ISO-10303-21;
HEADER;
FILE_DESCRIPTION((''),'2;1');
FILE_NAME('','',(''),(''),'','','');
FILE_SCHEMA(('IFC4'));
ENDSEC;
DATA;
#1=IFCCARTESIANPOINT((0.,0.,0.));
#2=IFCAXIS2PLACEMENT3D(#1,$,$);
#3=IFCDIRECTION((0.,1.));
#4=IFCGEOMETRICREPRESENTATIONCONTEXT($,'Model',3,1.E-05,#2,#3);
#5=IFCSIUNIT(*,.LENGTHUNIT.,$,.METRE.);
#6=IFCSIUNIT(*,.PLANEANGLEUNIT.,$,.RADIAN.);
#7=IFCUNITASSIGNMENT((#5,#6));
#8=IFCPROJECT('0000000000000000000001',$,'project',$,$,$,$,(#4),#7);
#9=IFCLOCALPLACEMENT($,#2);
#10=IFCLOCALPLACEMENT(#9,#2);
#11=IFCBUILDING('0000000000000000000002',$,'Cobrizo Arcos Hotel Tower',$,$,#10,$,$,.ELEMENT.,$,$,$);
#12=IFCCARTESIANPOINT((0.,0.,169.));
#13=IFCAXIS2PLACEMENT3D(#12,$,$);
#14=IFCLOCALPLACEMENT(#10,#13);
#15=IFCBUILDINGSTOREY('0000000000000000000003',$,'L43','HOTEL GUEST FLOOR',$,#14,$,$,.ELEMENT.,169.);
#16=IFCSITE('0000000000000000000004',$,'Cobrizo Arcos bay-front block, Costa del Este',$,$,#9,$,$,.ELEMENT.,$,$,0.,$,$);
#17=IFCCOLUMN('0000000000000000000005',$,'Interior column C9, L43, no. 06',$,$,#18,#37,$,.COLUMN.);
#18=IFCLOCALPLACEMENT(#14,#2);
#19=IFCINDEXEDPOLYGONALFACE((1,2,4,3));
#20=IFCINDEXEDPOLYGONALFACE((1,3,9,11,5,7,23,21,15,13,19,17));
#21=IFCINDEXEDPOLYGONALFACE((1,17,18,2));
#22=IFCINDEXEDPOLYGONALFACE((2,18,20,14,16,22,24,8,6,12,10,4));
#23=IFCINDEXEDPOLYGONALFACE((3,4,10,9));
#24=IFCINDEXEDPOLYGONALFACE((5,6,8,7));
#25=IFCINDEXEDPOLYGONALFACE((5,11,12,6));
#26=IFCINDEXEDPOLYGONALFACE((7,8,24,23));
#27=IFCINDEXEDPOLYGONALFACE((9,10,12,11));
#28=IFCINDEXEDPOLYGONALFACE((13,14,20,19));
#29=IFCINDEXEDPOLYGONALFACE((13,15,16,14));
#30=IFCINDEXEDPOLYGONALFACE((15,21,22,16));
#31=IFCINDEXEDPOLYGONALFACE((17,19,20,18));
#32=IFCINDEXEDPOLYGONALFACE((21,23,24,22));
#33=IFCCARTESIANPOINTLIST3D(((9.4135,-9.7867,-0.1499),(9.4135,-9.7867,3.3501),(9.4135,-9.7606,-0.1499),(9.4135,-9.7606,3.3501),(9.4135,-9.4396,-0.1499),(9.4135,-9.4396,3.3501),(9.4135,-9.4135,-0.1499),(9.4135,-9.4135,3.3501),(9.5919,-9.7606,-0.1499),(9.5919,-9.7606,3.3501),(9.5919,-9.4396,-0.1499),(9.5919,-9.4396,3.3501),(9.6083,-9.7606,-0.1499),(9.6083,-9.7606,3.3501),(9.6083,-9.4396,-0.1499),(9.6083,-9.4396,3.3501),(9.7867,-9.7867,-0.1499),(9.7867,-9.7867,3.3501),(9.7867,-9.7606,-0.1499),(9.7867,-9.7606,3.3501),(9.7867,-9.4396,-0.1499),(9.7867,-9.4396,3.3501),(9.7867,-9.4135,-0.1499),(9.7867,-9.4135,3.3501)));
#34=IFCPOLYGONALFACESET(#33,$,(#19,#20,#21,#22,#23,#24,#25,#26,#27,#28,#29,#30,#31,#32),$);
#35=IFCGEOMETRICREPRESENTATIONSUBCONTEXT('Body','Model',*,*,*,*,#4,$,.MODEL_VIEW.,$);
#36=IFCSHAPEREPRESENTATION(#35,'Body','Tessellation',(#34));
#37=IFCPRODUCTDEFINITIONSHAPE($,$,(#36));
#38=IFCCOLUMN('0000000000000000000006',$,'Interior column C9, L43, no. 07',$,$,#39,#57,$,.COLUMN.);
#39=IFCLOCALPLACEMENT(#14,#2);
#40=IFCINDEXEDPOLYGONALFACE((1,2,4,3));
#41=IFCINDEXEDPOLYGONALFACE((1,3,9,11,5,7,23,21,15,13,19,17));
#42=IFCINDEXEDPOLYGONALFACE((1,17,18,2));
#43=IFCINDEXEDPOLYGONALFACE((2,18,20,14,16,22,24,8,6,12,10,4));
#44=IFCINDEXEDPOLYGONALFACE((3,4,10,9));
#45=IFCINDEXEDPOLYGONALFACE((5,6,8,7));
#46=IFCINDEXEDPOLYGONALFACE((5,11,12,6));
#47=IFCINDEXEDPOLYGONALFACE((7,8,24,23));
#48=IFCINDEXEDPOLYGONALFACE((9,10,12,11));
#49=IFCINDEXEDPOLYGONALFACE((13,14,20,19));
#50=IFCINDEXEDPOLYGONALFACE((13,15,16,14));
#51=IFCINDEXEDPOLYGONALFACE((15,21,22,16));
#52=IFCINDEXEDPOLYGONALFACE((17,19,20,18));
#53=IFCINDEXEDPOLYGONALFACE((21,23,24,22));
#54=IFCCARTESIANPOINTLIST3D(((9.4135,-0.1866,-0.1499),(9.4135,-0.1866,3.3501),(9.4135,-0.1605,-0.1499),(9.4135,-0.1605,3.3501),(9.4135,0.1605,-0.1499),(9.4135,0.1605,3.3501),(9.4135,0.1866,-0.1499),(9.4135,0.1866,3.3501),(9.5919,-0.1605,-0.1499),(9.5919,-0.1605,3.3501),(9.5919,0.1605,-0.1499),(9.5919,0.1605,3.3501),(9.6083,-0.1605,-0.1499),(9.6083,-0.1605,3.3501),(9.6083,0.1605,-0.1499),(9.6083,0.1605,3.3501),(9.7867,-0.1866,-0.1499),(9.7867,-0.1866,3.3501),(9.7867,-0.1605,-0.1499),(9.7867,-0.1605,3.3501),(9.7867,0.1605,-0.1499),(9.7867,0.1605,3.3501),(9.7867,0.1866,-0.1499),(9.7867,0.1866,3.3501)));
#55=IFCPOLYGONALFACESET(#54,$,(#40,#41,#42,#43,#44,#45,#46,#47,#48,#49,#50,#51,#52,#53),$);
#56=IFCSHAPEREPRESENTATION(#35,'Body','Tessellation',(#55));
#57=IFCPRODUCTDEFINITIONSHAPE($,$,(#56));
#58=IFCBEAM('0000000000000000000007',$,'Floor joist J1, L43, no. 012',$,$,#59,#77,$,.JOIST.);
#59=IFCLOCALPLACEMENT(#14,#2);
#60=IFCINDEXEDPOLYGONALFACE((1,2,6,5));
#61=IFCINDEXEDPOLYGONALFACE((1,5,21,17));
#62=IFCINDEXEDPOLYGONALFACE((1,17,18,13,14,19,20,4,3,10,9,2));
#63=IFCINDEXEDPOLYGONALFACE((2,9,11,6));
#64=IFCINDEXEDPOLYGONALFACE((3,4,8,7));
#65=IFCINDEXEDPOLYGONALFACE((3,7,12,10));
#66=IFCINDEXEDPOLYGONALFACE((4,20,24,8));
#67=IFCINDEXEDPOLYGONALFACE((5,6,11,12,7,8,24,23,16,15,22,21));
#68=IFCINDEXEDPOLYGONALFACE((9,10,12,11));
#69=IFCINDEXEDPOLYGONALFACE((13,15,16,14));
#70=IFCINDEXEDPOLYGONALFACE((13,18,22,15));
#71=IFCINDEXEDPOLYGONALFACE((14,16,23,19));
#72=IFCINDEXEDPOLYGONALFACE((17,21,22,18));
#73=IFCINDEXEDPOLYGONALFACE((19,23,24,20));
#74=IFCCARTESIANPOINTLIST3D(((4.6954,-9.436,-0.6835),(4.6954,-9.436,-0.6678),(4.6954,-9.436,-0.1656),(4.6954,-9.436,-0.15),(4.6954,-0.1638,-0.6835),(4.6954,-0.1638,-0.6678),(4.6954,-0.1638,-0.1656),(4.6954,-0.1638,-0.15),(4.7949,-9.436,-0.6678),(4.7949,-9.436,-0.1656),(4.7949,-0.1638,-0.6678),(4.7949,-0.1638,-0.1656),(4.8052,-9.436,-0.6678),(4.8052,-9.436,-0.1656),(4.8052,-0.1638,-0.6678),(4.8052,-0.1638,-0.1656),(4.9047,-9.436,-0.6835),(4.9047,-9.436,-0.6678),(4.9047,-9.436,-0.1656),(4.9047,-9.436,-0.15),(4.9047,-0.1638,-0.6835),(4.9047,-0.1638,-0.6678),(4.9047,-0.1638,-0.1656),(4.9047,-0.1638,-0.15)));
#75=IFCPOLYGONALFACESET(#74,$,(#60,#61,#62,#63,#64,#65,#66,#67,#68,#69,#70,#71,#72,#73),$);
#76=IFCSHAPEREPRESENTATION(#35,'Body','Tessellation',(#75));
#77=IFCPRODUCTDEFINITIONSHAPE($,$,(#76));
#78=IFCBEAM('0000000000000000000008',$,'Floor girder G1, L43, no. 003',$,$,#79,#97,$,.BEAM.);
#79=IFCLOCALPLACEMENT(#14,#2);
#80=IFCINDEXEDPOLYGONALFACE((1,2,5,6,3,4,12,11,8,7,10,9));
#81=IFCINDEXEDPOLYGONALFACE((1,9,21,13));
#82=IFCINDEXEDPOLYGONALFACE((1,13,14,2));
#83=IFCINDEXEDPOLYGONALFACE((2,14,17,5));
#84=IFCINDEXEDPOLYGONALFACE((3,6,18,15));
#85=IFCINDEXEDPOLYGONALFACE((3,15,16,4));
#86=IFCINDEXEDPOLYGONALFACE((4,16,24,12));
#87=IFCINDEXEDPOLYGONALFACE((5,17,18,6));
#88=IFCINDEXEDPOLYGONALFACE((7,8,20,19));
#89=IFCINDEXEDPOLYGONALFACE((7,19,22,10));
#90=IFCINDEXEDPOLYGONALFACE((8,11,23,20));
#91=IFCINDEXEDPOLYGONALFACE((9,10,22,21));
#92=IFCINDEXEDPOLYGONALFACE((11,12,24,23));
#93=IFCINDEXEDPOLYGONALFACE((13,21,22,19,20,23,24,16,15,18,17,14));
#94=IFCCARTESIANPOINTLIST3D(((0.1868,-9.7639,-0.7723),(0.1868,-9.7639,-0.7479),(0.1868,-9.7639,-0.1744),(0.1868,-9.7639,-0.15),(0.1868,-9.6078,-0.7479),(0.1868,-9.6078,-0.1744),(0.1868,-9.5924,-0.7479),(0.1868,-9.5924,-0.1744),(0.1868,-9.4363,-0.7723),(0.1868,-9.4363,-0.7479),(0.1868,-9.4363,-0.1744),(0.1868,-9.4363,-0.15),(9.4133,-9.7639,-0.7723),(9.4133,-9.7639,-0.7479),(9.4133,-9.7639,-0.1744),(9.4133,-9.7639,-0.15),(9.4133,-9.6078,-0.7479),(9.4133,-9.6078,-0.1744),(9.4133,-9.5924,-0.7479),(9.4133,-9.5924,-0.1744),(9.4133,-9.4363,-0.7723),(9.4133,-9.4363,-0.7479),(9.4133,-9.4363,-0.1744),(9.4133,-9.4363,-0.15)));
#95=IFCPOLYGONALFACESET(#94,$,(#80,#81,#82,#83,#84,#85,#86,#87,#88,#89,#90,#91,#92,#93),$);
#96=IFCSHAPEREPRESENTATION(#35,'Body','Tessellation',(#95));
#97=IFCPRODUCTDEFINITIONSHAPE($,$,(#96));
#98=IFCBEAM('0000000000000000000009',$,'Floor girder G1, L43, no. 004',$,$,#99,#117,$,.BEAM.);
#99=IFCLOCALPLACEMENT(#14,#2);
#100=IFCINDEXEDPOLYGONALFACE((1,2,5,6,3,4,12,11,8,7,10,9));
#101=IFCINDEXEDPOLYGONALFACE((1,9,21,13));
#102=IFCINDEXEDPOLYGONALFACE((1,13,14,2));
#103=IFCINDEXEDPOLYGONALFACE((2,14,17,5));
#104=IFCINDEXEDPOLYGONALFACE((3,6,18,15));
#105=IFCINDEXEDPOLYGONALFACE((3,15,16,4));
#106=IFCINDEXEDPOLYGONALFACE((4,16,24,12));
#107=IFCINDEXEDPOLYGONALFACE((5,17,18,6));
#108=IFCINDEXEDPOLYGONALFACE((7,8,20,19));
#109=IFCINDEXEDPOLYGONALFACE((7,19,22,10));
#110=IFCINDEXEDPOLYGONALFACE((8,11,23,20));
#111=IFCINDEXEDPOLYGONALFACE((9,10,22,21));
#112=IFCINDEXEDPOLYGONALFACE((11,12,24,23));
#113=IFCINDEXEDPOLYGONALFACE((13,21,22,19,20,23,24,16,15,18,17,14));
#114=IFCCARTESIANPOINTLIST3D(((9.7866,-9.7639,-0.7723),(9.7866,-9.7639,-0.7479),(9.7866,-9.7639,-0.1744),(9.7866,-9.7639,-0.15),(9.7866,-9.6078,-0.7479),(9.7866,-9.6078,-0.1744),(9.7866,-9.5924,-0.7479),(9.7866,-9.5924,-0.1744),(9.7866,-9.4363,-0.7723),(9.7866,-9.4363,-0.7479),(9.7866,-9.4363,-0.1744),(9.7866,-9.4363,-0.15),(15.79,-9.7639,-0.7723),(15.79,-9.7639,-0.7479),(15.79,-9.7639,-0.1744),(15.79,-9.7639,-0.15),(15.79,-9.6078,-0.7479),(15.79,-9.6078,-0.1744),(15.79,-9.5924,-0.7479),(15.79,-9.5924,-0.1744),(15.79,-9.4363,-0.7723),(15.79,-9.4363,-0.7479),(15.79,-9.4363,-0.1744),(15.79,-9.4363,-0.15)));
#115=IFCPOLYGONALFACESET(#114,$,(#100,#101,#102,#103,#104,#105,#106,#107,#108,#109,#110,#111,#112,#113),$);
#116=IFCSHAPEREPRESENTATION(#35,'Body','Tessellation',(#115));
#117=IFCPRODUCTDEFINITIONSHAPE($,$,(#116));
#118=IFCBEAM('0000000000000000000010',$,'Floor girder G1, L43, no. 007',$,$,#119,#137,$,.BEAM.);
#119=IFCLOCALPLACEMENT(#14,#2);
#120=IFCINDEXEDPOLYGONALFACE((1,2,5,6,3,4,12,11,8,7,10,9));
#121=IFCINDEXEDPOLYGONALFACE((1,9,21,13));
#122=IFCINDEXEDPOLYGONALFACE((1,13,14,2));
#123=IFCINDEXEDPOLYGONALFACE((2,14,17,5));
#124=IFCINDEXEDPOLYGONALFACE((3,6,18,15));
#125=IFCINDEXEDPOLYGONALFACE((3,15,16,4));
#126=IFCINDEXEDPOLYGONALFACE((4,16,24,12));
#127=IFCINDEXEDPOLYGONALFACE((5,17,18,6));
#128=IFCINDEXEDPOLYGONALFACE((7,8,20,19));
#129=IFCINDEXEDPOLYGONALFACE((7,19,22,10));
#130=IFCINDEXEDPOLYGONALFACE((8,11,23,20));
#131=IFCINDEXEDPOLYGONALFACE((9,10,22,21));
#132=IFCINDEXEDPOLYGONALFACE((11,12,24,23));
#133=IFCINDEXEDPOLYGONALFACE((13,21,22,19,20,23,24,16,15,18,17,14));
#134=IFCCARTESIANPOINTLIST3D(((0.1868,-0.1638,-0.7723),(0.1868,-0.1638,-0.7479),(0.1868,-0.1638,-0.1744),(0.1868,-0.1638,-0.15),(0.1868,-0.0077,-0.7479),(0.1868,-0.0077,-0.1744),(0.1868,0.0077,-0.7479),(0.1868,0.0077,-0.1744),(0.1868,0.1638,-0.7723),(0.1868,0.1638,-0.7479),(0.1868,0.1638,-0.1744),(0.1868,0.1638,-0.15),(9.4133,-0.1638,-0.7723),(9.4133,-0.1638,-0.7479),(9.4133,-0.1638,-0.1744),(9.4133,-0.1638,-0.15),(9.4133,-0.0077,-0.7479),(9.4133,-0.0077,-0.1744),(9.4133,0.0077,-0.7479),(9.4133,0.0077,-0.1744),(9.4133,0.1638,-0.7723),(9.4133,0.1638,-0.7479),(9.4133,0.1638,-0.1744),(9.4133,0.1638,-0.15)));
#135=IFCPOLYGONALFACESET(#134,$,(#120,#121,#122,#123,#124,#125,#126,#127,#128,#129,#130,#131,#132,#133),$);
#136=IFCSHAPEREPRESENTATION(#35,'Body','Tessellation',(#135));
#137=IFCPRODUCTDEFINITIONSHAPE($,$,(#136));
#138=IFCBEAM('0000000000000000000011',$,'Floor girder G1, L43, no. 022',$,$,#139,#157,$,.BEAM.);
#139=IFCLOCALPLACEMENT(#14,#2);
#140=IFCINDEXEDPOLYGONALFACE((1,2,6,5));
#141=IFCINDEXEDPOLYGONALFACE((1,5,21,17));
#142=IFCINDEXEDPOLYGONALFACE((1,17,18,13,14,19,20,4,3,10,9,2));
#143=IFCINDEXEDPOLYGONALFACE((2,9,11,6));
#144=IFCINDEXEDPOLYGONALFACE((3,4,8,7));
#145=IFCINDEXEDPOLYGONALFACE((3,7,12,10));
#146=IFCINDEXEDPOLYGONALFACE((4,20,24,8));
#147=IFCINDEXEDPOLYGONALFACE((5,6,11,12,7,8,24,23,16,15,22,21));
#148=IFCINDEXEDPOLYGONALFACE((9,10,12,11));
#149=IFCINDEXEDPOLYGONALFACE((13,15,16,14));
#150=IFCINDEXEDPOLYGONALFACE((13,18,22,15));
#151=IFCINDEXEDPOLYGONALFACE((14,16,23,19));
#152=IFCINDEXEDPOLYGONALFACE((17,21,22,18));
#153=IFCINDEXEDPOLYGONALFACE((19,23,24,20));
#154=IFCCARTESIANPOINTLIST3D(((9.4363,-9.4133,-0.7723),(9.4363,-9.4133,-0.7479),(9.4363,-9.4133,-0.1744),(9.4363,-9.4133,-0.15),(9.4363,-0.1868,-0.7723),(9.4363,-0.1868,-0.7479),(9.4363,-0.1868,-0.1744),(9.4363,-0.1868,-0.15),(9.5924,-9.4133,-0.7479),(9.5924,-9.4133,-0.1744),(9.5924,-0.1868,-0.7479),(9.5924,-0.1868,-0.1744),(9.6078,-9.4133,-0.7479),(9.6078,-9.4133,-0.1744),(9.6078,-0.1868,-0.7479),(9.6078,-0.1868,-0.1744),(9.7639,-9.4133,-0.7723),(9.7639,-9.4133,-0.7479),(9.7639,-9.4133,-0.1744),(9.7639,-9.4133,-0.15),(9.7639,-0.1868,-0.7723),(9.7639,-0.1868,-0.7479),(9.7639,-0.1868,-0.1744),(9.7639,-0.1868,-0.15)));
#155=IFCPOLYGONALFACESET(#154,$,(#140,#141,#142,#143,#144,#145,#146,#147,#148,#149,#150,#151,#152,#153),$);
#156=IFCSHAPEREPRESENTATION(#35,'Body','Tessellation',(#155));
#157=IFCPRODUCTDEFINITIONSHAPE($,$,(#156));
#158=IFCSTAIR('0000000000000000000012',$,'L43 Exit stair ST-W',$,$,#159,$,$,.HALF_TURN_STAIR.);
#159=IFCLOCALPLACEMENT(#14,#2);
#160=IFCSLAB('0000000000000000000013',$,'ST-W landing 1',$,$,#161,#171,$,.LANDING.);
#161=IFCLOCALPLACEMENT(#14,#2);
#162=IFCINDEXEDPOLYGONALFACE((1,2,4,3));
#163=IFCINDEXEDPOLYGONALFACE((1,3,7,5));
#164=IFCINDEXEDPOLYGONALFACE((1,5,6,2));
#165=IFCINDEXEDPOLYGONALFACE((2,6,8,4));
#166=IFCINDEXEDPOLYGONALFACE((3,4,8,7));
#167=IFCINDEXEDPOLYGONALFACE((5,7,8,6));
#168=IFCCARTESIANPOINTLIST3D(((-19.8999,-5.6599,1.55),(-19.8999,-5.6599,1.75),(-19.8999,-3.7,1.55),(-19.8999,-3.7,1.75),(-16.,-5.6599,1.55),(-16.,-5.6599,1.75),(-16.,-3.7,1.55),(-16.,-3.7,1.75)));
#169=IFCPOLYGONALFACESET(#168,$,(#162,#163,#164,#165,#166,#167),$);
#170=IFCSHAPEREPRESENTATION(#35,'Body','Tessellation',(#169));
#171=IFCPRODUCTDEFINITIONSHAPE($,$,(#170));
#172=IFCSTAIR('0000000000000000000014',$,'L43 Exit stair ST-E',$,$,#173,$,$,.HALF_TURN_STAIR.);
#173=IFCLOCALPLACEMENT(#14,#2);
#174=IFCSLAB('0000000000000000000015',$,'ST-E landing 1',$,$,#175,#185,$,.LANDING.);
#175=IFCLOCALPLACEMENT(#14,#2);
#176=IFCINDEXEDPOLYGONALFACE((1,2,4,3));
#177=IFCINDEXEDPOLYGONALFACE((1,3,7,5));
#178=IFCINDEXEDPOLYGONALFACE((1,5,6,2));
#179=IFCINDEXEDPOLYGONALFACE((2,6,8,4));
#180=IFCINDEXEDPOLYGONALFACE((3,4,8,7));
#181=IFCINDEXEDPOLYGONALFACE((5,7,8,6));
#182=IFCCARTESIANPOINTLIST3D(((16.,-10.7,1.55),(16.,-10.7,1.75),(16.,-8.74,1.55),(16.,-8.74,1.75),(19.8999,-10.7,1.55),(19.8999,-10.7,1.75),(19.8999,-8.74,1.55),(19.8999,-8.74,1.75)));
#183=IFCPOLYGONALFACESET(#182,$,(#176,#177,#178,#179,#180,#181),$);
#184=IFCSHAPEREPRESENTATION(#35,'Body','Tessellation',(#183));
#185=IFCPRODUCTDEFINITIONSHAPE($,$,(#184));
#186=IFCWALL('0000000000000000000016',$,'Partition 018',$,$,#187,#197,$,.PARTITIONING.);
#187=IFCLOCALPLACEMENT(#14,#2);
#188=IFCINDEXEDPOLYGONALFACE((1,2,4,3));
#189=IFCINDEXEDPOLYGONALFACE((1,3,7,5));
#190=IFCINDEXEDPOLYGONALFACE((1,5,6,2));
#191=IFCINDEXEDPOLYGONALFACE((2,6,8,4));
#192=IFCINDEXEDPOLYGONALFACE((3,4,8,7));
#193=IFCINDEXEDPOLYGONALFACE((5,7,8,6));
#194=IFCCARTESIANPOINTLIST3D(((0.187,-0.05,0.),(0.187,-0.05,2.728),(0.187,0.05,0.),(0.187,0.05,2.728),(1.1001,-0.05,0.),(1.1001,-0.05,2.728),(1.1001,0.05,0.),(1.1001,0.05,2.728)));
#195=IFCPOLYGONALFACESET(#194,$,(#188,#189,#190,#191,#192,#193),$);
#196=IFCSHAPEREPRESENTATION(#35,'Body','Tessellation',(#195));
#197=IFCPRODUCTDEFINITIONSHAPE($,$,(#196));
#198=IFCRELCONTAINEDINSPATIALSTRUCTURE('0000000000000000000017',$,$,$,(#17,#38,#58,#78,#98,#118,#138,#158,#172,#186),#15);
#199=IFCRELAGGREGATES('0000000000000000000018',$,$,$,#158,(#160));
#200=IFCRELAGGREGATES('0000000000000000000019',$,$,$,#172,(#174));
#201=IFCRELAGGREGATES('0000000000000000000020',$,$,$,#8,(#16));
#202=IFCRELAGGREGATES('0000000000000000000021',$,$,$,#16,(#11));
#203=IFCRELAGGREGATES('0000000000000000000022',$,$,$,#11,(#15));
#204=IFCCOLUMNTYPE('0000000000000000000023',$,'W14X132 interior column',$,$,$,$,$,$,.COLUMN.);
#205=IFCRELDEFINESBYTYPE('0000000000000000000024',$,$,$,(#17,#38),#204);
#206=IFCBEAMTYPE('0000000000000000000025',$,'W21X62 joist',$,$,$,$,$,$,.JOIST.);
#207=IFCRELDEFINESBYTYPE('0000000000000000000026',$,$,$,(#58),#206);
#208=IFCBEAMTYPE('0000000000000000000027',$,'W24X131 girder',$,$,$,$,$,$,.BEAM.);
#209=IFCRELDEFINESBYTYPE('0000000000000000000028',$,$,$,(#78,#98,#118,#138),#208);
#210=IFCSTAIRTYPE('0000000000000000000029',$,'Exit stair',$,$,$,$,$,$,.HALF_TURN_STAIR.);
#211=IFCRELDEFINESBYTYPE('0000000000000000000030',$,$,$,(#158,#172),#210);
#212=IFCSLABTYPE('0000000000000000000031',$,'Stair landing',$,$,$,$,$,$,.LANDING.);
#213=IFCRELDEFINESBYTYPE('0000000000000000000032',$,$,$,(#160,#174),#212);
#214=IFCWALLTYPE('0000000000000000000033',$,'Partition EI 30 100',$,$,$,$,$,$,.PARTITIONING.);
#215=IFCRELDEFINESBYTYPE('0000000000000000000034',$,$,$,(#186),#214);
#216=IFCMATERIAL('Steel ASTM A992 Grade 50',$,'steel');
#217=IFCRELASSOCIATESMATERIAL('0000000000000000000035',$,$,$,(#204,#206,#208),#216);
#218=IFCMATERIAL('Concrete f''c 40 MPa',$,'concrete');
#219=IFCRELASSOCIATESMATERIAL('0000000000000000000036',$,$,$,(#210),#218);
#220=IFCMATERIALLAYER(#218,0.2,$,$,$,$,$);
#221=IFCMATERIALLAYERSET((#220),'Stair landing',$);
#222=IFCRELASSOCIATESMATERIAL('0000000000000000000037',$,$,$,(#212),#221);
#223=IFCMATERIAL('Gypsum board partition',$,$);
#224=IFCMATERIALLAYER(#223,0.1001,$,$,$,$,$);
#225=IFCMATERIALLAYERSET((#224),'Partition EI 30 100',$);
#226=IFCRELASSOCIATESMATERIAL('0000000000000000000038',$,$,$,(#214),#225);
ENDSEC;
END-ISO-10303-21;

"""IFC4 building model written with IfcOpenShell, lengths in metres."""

from ifc_helpers import new_model, si_unit, direction, frame, frame_2d, origin, origin_2d, place, context, subcontext, project, spatial, polyline, rectangle, i_section, outline, extrude, material, layer, layer_set, material_profile, profile_set, type_object, element, aggregate, save


model = new_model("IFC4")

# Units and contexts
model_context = context("Model", 3, precision=1e-05, world=origin(), true_north=direction((0.0, 1.0)))
body_context = subcontext(model_context, "Body", "Model", "MODEL_VIEW")
ifc_project = project(units=[si_unit("LENGTHUNIT", "METRE"), si_unit("PLANEANGLEUNIT", "RADIAN")], contexts=[model_context])

# Site, building, storey
site_placement = place(None, origin())
site = spatial("IfcSite", under=ifc_project, at=site_placement, Name="Cobrizo Arcos bay-front block, Costa del Este", CompositionType="ELEMENT", RefElevation=0.0)
building_placement = place(site_placement, origin())
building = spatial("IfcBuilding", under=site, at=building_placement, Name="Cobrizo Arcos Hotel Tower", CompositionType="ELEMENT")
storey_placement = place(building_placement, frame((0.0, 0.0, 169.0)))
storey = spatial("IfcBuildingStorey", under=building, at=storey_placement, Name="L43", Description="HOTEL GUEST FLOOR", CompositionType="ELEMENT", Elevation=169.0)

# Columns
ifc_material_1 = material(Name="Steel ASTM A992 Grade 50", Category="steel")
ifc_material_profile_1 = material_profile(ifc_material_1, i_section(OverallWidth=0.3733, OverallDepth=0.3733, WebThickness=0.0164, FlangeThickness=0.0261, at=origin_2d()), Name="W14X132")
ifc_profile_set_1 = profile_set([ifc_material_profile_1], Name="Steel ASTM A992 Grade 50")
column_type = type_object("IfcColumnType", Name="W14X132 interior column", PredefinedType="COLUMN", material=ifc_profile_set_1)
for number, where, z_axis, x_axis, name in (
    (1, (9.6001, -9.6001, -0.1499), (0.0, 0.0, 1.0), (1.0, 0.0, 0.0), "Interior column C9, L43, no. 06"),
    (2, (9.6001, 0.0, -0.1499), (0.0, 0.0, 1.0), (1.0, 0.0, 0.0), "Interior column C9, L43, no. 07"),
):
    element("IfcColumn", number, at=place(storey_placement, frame(where, z_axis=z_axis, x_axis=x_axis)), inside=storey, type_object=column_type, Name=name, PredefinedType="COLUMN", context=body_context, shape_type="SweptSolid", body=[
        extrude(i_section(OverallWidth=0.3733, OverallDepth=0.3733, WebThickness=0.0164, FlangeThickness=0.0261, at=origin_2d()), origin(), (0.0, 0.0, 1.0), 3.5),
    ])

# Beams
ifc_material_profile_2 = material_profile(ifc_material_1, i_section(OverallWidth=0.2092, OverallDepth=0.5334, WebThickness=0.0103, FlangeThickness=0.0156, at=origin_2d()), Name="W21X62")
ifc_profile_set_2 = profile_set([ifc_material_profile_2], Name="Steel ASTM A992 Grade 50")
beam_type_1 = type_object("IfcBeamType", Name="W21X62 joist", PredefinedType="JOIST", material=ifc_profile_set_2)
beam_1_placement = place(storey_placement, frame((4.8, -9.436, -0.4167), z_axis=(0.0, 1.0, 0.0), x_axis=(-1.0, 0.0, 0.0)))
element("IfcBeam", 3, at=beam_1_placement, inside=storey, type_object=beam_type_1, Name="Floor joist J1, L43, no. 012", PredefinedType="JOIST", context=body_context, shape_type="SweptSolid", body=[
    extrude(i_section(OverallWidth=0.2092, OverallDepth=0.5334, WebThickness=0.0103, FlangeThickness=0.0156, at=origin_2d()), origin(), (0.0, 0.0, 1.0), 9.2722),
])
ifc_material_profile_3 = material_profile(ifc_material_1, i_section(OverallWidth=0.3276, OverallDepth=0.6223, WebThickness=0.0154, FlangeThickness=0.0244, at=origin_2d()), Name="W24X131")
ifc_profile_set_3 = profile_set([ifc_material_profile_3], Name="Steel ASTM A992 Grade 50")
beam_type_2 = type_object("IfcBeamType", Name="W24X131 girder", PredefinedType="BEAM", material=ifc_profile_set_3)
beam_2_placement = place(storey_placement, frame((0.1868, -9.6001, -0.4612), z_axis=(1.0, 0.0, 0.0), x_axis=(0.0, 1.0, 0.0)))
element("IfcBeam", 4, at=beam_2_placement, inside=storey, type_object=beam_type_2, Name="Floor girder G1, L43, no. 003", PredefinedType="BEAM", context=body_context, shape_type="SweptSolid", body=[
    extrude(i_section(OverallWidth=0.3276, OverallDepth=0.6223, WebThickness=0.0154, FlangeThickness=0.0244, at=origin_2d()), origin(), (0.0, 0.0, 1.0), 9.2266),
])
beam_3_placement = place(storey_placement, frame((9.7866, -9.6001, -0.4612), z_axis=(1.0, 0.0, 0.0), x_axis=(0.0, 1.0, 0.0)))
element("IfcBeam", 5, at=beam_3_placement, inside=storey, type_object=beam_type_2, Name="Floor girder G1, L43, no. 004", PredefinedType="BEAM", context=body_context, shape_type="SweptSolid", body=[
    extrude(i_section(OverallWidth=0.3276, OverallDepth=0.6223, WebThickness=0.0154, FlangeThickness=0.0244, at=origin_2d()), origin(), (0.0, 0.0, 1.0), 6.0034),
])
for number, where, z_axis, x_axis, name in (
    (6, (0.1868, 0.0, -0.4612), (1.0, 0.0, 0.0), (0.0, 1.0, 0.0), "Floor girder G1, L43, no. 007"),
    (7, (9.6001, -9.4133, -0.4612), (0.0, 1.0, 0.0), (-1.0, 0.0, 0.0), "Floor girder G1, L43, no. 022"),
):
    element("IfcBeam", number, at=place(storey_placement, frame(where, z_axis=z_axis, x_axis=x_axis)), inside=storey, type_object=beam_type_2, Name=name, PredefinedType="BEAM", context=body_context, shape_type="SweptSolid", body=[
        extrude(i_section(OverallWidth=0.3276, OverallDepth=0.6223, WebThickness=0.0154, FlangeThickness=0.0244, at=origin_2d()), origin(), (0.0, 0.0, 1.0), 9.2266),
    ])

# Stairs, slabs
ifc_material_2 = material(Name="Concrete f'c 40 MPa", Category="concrete")
stair_type = type_object("IfcStairType", Name="Exit stair", PredefinedType="HALF_TURN_STAIR", material=ifc_material_2)
stair_1_placement = place(storey_placement, origin())
stair_1 = element("IfcStair", 8, at=stair_1_placement, inside=storey, type_object=stair_type, Name="L43 Exit stair ST-W", PredefinedType="HALF_TURN_STAIR")
ifc_layer_1 = layer(ifc_material_2, 0.2)
ifc_layer_set_1 = layer_set([ifc_layer_1], Name="Stair landing")
slab_type = type_object("IfcSlabType", Name="Stair landing", PredefinedType="LANDING", material=ifc_layer_set_1)
slab_1_placement = place(storey_placement, frame((0.0, 0.0, 1.55)))
slab_1 = element("IfcSlab", 9, at=slab_1_placement, type_object=slab_type, Name="ST-W landing 1", PredefinedType="LANDING", context=body_context, shape_type="SweptSolid", body=[
    extrude(outline(polyline([(-16.0, -5.6599), (-16.0, -3.7), (-19.8999, -3.7), (-19.8999, -5.6599), (-16.0, -5.6599)])), origin(), (0.0, 0.0, 1.0), 0.2),
])
aggregate(stair_1, [slab_1])
stair_2_placement = place(storey_placement, origin())
stair_2 = element("IfcStair", 10, at=stair_2_placement, inside=storey, type_object=stair_type, Name="L43 Exit stair ST-E", PredefinedType="HALF_TURN_STAIR")
slab_2_placement = place(storey_placement, frame((0.0, 0.0, 1.55)))
slab_2 = element("IfcSlab", 11, at=slab_2_placement, type_object=slab_type, Name="ST-E landing 1", PredefinedType="LANDING", context=body_context, shape_type="SweptSolid", body=[
    extrude(outline(polyline([(16.0, -8.74), (16.0, -10.7), (19.8999, -10.7), (19.8999, -8.74), (16.0, -8.74)])), origin(), (0.0, 0.0, 1.0), 0.2),
])
aggregate(stair_2, [slab_2])

# Wall
ifc_material_3 = material(Name="Gypsum board partition")
ifc_layer_2 = layer(ifc_material_3, 0.1001)
ifc_layer_set_2 = layer_set([ifc_layer_2], Name="Partition EI 30 100")
wall_type_1 = type_object("IfcWallType", Name="Partition EI 30 100", PredefinedType="PARTITIONING", material=ifc_layer_set_2)
wall_1_placement = place(storey_placement, frame((0.187, 0.0, 0.0), z_axis=(0.0, 0.0, 1.0), x_axis=(1.0, 0.0, 0.0)))
element("IfcWall", 12, at=wall_1_placement, inside=storey, type_object=wall_type_1, Name="Partition 018", PredefinedType="PARTITIONING", context=body_context, shape_type="SweptSolid", body=[
    extrude(rectangle(XDim=0.9131, YDim=0.1001, at=frame_2d((0.4565, 0.0))), origin(), (0.0, 0.0, 1.0), 2.728),
])

save(model, "model.ifc")
